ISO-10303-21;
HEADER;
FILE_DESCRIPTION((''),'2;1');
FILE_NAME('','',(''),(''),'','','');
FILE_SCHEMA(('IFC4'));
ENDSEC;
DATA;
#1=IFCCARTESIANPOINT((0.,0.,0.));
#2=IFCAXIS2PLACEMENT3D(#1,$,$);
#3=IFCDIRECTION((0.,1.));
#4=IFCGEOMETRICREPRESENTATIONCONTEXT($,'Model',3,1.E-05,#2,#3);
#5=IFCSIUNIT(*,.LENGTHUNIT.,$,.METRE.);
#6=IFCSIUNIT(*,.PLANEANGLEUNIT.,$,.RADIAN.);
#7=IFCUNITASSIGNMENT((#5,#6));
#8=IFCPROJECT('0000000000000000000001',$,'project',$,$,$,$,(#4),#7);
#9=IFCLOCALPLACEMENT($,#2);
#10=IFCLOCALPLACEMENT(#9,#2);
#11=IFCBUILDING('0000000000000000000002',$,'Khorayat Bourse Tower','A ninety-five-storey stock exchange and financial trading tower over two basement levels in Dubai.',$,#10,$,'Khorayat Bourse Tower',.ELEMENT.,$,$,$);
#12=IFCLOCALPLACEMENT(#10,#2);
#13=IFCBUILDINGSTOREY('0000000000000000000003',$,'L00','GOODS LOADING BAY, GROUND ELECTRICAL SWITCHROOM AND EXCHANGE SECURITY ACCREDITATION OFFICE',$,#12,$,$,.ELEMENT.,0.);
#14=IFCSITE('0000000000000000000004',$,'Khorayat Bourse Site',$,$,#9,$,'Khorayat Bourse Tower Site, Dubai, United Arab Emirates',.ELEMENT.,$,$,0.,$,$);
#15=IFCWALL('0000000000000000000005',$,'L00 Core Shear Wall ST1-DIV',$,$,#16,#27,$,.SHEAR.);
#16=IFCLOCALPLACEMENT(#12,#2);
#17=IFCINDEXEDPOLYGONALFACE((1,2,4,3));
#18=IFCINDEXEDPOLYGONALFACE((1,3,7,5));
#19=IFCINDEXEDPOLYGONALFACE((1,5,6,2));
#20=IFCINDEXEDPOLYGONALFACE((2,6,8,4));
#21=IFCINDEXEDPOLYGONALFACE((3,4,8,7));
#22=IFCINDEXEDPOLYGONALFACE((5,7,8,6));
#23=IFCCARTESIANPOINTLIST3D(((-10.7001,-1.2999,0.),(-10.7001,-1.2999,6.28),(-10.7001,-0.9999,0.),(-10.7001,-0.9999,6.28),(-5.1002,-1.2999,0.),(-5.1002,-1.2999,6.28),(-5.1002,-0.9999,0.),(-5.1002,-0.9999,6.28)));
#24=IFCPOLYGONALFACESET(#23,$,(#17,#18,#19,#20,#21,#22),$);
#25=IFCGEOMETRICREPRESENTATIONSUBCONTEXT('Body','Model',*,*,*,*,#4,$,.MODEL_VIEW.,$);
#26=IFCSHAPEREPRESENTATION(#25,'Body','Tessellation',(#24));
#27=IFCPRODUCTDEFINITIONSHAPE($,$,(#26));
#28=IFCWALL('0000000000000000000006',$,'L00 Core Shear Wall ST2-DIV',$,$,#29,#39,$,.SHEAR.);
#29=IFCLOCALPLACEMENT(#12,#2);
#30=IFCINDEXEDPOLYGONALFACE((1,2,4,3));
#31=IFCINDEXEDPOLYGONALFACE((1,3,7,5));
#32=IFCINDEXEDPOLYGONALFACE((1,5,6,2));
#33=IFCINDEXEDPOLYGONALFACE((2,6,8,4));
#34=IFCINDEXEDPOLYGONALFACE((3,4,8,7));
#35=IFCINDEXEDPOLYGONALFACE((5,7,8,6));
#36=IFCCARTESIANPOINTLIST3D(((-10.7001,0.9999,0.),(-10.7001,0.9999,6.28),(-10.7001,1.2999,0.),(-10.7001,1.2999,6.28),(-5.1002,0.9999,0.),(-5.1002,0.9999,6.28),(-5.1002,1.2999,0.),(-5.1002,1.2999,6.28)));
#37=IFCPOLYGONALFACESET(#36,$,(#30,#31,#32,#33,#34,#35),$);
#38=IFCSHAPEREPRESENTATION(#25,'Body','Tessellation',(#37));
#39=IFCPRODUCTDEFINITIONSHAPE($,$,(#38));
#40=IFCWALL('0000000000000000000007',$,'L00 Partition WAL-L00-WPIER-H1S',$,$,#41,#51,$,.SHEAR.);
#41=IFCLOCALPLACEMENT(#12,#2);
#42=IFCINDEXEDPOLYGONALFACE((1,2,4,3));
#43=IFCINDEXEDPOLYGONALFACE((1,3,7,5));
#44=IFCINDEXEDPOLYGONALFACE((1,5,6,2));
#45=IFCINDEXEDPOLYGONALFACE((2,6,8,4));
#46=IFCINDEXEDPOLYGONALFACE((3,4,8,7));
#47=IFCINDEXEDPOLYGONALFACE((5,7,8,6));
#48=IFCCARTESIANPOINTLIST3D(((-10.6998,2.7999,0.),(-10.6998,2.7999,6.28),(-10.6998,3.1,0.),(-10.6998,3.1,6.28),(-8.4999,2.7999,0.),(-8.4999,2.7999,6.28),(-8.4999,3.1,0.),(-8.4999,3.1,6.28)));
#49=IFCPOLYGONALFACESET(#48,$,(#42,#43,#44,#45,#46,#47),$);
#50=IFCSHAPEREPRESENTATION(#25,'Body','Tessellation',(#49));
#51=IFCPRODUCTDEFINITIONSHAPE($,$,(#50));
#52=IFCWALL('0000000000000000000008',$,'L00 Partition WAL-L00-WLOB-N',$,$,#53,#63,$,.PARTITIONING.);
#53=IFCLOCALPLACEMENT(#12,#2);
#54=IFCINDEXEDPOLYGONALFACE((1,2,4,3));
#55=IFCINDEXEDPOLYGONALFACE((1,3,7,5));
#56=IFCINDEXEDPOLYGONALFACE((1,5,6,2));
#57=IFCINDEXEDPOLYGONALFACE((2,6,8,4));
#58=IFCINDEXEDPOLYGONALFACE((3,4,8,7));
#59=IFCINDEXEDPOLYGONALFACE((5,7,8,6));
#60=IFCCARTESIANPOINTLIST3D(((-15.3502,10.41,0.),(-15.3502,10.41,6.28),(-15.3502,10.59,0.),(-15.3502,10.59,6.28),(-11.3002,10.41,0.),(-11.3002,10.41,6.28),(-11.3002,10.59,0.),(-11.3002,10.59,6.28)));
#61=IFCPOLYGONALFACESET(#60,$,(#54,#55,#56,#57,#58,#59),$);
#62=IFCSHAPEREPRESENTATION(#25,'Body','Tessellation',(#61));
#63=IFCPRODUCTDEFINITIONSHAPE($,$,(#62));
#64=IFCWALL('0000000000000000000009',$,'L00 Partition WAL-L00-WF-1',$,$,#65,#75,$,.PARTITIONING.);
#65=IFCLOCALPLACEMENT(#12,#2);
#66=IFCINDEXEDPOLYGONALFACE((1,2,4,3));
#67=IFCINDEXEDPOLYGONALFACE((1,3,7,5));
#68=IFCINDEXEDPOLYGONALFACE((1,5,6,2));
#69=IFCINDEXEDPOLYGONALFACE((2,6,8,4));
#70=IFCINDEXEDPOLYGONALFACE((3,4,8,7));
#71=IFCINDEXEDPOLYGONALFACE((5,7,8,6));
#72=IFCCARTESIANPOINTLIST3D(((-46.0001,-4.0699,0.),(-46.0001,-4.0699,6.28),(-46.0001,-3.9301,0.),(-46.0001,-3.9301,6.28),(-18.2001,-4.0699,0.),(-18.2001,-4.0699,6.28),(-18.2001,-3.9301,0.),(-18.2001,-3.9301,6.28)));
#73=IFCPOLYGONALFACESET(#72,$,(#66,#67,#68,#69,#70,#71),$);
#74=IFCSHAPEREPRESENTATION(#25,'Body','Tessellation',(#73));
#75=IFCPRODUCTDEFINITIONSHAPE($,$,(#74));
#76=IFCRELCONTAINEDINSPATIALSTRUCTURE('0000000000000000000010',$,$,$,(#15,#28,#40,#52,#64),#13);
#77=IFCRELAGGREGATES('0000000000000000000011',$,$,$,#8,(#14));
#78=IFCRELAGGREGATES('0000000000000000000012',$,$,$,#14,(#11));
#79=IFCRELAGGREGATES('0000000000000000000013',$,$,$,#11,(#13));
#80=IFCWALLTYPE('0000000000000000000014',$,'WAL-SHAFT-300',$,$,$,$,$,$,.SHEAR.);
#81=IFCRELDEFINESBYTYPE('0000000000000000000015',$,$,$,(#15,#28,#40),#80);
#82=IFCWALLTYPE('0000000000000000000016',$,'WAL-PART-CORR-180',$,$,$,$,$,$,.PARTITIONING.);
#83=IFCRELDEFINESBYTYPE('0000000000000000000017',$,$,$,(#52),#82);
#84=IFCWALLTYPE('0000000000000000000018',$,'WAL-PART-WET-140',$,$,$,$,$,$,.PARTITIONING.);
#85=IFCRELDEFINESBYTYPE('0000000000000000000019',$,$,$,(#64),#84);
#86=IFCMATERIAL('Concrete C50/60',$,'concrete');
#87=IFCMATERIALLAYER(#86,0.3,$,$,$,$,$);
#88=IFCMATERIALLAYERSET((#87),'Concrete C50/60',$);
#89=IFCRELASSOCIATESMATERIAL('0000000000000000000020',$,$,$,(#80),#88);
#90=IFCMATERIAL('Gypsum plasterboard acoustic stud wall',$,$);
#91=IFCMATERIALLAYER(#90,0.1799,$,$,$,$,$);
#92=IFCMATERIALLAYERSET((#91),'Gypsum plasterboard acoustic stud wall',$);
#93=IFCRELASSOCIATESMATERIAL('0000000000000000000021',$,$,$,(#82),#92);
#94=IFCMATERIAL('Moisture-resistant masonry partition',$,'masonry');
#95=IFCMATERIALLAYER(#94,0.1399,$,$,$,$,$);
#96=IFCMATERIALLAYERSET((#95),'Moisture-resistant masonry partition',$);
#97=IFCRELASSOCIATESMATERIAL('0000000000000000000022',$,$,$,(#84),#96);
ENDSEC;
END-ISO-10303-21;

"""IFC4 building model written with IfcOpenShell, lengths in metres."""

from ifc_helpers import new_model, si_unit, direction, frame, frame_2d, origin, place, context, subcontext, project, spatial, rectangle, extrude, source, transform, mapped, material, layer, layer_set, type_object, element, save


model = new_model("IFC4")

# Units and contexts
model_context = context("Model", 3, precision=1e-05, world=origin(), true_north=direction((0.0, 1.0)))
body_context = subcontext(model_context, "Body", "Model", "MODEL_VIEW")
ifc_project = project(units=[si_unit("LENGTHUNIT", "METRE"), si_unit("PLANEANGLEUNIT", "RADIAN")], contexts=[model_context])

# Site, building, storey
site_placement = place(None, origin())
site = spatial("IfcSite", under=ifc_project, at=site_placement, Name="Khorayat Bourse Site", LongName="Khorayat Bourse Tower Site, Dubai, United Arab Emirates", CompositionType="ELEMENT", RefElevation=0.0)
building_placement = place(site_placement, origin())
building = spatial("IfcBuilding", under=site, at=building_placement, Name="Khorayat Bourse Tower", Description="A ninety-five-storey stock exchange and financial trading tower over two basement levels in Dubai.", LongName="Khorayat Bourse Tower", CompositionType="ELEMENT")
storey_placement = place(building_placement, origin())
storey = spatial("IfcBuildingStorey", under=building, at=storey_placement, Name="L00", Description="GOODS LOADING BAY, GROUND ELECTRICAL SWITCHROOM AND EXCHANGE SECURITY ACCREDITATION OFFICE", CompositionType="ELEMENT", Elevation=0.0)

# Walls
ifc_material_1 = material(Name="Concrete C50/60", Category="concrete")
ifc_layer_1 = layer(ifc_material_1, 0.3)
ifc_layer_set_1 = layer_set([ifc_layer_1], Name="Concrete C50/60")
wall_type_1 = type_object("IfcWallType", Name="WAL-SHAFT-300", PredefinedType="SHEAR", material=ifc_layer_set_1)
shared_shape_1 = source(origin(), body_context, "Body", "SweptSolid", [
    extrude(rectangle(XDim=5.5999, YDim=0.3, at=frame_2d((2.7998, 0.0))), origin(), (0.0, 0.0, 1.0), 6.28),
])
for number, where, z_axis, x_axis, name in (
    (1, (-10.7, -1.1499, 0.0), (0.0, 0.0, 1.0), (1.0, 0.0, 0.0), "L00 Core Shear Wall ST1-DIV"),
    (2, (-10.7, 1.1499, 0.0), (0.0, 0.0, 1.0), (1.0, 0.0, 0.0), "L00 Core Shear Wall ST2-DIV"),
):
    element("IfcWall", number, at=place(storey_placement, frame(where, z_axis=z_axis, x_axis=x_axis)), inside=storey, type_object=wall_type_1, Name=name, PredefinedType="SHEAR", context=body_context, shape_type="MappedRepresentation", body=[
        mapped(shared_shape_1, transform((0.0, 0.0, 0.0), scale=1.0)),
    ])
shared_shape_2 = source(origin(), body_context, "Body", "SweptSolid", [
    extrude(rectangle(XDim=2.2, YDim=0.3, at=frame_2d((1.1001, 0.0))), origin(), (0.0, 0.0, 1.0), 6.28),
])
wall_1_placement = place(storey_placement, frame((-10.7, 2.95, 0.0), z_axis=(0.0, 0.0, 1.0), x_axis=(1.0, 0.0, 0.0)))
element("IfcWall", 3, at=wall_1_placement, inside=storey, type_object=wall_type_1, Name="L00 Partition WAL-L00-WPIER-H1S", PredefinedType="SHEAR", context=body_context, shape_type="MappedRepresentation", body=[
    mapped(shared_shape_2, transform((0.0, 0.0, 0.0), scale=1.0)),
])
ifc_material_2 = material(Name="Gypsum plasterboard acoustic stud wall")
ifc_layer_2 = layer(ifc_material_2, 0.1799)
ifc_layer_set_2 = layer_set([ifc_layer_2], Name="Gypsum plasterboard acoustic stud wall")
wall_type_2 = type_object("IfcWallType", Name="WAL-PART-CORR-180", PredefinedType="PARTITIONING", material=ifc_layer_set_2)
shared_shape_3 = source(origin(), body_context, "Body", "SweptSolid", [
    extrude(rectangle(XDim=4.05, YDim=0.1799, at=frame_2d((2.0249, 0.0))), origin(), (0.0, 0.0, 1.0), 6.28),
])
wall_2_placement = place(storey_placement, frame((-15.3501, 10.5, 0.0), z_axis=(0.0, 0.0, 1.0), x_axis=(1.0, 0.0, 0.0)))
element("IfcWall", 4, at=wall_2_placement, inside=storey, type_object=wall_type_2, Name="L00 Partition WAL-L00-WLOB-N", PredefinedType="PARTITIONING", context=body_context, shape_type="MappedRepresentation", body=[
    mapped(shared_shape_3, transform((0.0, 0.0, 0.0), scale=1.0)),
])
ifc_material_3 = material(Name="Moisture-resistant masonry partition", Category="masonry")
ifc_layer_3 = layer(ifc_material_3, 0.1399)
ifc_layer_set_3 = layer_set([ifc_layer_3], Name="Moisture-resistant masonry partition")
wall_type_3 = type_object("IfcWallType", Name="WAL-PART-WET-140", PredefinedType="PARTITIONING", material=ifc_layer_set_3)
shared_shape_4 = source(origin(), body_context, "Body", "SweptSolid", [
    extrude(rectangle(XDim=27.8, YDim=0.1399, at=frame_2d((13.8999, 0.0))), origin(), (0.0, 0.0, 1.0), 6.28),
])
wall_3_placement = place(storey_placement, frame((-46.0, -4.0, 0.0), z_axis=(0.0, 0.0, 1.0), x_axis=(1.0, 0.0, 0.0)))
element("IfcWall", 5, at=wall_3_placement, inside=storey, type_object=wall_type_3, Name="L00 Partition WAL-L00-WF-1", PredefinedType="PARTITIONING", context=body_context, shape_type="MappedRepresentation", body=[
    mapped(shared_shape_4, transform((0.0, 0.0, 0.0), scale=1.0)),
])

save(model, "model.ifc")
